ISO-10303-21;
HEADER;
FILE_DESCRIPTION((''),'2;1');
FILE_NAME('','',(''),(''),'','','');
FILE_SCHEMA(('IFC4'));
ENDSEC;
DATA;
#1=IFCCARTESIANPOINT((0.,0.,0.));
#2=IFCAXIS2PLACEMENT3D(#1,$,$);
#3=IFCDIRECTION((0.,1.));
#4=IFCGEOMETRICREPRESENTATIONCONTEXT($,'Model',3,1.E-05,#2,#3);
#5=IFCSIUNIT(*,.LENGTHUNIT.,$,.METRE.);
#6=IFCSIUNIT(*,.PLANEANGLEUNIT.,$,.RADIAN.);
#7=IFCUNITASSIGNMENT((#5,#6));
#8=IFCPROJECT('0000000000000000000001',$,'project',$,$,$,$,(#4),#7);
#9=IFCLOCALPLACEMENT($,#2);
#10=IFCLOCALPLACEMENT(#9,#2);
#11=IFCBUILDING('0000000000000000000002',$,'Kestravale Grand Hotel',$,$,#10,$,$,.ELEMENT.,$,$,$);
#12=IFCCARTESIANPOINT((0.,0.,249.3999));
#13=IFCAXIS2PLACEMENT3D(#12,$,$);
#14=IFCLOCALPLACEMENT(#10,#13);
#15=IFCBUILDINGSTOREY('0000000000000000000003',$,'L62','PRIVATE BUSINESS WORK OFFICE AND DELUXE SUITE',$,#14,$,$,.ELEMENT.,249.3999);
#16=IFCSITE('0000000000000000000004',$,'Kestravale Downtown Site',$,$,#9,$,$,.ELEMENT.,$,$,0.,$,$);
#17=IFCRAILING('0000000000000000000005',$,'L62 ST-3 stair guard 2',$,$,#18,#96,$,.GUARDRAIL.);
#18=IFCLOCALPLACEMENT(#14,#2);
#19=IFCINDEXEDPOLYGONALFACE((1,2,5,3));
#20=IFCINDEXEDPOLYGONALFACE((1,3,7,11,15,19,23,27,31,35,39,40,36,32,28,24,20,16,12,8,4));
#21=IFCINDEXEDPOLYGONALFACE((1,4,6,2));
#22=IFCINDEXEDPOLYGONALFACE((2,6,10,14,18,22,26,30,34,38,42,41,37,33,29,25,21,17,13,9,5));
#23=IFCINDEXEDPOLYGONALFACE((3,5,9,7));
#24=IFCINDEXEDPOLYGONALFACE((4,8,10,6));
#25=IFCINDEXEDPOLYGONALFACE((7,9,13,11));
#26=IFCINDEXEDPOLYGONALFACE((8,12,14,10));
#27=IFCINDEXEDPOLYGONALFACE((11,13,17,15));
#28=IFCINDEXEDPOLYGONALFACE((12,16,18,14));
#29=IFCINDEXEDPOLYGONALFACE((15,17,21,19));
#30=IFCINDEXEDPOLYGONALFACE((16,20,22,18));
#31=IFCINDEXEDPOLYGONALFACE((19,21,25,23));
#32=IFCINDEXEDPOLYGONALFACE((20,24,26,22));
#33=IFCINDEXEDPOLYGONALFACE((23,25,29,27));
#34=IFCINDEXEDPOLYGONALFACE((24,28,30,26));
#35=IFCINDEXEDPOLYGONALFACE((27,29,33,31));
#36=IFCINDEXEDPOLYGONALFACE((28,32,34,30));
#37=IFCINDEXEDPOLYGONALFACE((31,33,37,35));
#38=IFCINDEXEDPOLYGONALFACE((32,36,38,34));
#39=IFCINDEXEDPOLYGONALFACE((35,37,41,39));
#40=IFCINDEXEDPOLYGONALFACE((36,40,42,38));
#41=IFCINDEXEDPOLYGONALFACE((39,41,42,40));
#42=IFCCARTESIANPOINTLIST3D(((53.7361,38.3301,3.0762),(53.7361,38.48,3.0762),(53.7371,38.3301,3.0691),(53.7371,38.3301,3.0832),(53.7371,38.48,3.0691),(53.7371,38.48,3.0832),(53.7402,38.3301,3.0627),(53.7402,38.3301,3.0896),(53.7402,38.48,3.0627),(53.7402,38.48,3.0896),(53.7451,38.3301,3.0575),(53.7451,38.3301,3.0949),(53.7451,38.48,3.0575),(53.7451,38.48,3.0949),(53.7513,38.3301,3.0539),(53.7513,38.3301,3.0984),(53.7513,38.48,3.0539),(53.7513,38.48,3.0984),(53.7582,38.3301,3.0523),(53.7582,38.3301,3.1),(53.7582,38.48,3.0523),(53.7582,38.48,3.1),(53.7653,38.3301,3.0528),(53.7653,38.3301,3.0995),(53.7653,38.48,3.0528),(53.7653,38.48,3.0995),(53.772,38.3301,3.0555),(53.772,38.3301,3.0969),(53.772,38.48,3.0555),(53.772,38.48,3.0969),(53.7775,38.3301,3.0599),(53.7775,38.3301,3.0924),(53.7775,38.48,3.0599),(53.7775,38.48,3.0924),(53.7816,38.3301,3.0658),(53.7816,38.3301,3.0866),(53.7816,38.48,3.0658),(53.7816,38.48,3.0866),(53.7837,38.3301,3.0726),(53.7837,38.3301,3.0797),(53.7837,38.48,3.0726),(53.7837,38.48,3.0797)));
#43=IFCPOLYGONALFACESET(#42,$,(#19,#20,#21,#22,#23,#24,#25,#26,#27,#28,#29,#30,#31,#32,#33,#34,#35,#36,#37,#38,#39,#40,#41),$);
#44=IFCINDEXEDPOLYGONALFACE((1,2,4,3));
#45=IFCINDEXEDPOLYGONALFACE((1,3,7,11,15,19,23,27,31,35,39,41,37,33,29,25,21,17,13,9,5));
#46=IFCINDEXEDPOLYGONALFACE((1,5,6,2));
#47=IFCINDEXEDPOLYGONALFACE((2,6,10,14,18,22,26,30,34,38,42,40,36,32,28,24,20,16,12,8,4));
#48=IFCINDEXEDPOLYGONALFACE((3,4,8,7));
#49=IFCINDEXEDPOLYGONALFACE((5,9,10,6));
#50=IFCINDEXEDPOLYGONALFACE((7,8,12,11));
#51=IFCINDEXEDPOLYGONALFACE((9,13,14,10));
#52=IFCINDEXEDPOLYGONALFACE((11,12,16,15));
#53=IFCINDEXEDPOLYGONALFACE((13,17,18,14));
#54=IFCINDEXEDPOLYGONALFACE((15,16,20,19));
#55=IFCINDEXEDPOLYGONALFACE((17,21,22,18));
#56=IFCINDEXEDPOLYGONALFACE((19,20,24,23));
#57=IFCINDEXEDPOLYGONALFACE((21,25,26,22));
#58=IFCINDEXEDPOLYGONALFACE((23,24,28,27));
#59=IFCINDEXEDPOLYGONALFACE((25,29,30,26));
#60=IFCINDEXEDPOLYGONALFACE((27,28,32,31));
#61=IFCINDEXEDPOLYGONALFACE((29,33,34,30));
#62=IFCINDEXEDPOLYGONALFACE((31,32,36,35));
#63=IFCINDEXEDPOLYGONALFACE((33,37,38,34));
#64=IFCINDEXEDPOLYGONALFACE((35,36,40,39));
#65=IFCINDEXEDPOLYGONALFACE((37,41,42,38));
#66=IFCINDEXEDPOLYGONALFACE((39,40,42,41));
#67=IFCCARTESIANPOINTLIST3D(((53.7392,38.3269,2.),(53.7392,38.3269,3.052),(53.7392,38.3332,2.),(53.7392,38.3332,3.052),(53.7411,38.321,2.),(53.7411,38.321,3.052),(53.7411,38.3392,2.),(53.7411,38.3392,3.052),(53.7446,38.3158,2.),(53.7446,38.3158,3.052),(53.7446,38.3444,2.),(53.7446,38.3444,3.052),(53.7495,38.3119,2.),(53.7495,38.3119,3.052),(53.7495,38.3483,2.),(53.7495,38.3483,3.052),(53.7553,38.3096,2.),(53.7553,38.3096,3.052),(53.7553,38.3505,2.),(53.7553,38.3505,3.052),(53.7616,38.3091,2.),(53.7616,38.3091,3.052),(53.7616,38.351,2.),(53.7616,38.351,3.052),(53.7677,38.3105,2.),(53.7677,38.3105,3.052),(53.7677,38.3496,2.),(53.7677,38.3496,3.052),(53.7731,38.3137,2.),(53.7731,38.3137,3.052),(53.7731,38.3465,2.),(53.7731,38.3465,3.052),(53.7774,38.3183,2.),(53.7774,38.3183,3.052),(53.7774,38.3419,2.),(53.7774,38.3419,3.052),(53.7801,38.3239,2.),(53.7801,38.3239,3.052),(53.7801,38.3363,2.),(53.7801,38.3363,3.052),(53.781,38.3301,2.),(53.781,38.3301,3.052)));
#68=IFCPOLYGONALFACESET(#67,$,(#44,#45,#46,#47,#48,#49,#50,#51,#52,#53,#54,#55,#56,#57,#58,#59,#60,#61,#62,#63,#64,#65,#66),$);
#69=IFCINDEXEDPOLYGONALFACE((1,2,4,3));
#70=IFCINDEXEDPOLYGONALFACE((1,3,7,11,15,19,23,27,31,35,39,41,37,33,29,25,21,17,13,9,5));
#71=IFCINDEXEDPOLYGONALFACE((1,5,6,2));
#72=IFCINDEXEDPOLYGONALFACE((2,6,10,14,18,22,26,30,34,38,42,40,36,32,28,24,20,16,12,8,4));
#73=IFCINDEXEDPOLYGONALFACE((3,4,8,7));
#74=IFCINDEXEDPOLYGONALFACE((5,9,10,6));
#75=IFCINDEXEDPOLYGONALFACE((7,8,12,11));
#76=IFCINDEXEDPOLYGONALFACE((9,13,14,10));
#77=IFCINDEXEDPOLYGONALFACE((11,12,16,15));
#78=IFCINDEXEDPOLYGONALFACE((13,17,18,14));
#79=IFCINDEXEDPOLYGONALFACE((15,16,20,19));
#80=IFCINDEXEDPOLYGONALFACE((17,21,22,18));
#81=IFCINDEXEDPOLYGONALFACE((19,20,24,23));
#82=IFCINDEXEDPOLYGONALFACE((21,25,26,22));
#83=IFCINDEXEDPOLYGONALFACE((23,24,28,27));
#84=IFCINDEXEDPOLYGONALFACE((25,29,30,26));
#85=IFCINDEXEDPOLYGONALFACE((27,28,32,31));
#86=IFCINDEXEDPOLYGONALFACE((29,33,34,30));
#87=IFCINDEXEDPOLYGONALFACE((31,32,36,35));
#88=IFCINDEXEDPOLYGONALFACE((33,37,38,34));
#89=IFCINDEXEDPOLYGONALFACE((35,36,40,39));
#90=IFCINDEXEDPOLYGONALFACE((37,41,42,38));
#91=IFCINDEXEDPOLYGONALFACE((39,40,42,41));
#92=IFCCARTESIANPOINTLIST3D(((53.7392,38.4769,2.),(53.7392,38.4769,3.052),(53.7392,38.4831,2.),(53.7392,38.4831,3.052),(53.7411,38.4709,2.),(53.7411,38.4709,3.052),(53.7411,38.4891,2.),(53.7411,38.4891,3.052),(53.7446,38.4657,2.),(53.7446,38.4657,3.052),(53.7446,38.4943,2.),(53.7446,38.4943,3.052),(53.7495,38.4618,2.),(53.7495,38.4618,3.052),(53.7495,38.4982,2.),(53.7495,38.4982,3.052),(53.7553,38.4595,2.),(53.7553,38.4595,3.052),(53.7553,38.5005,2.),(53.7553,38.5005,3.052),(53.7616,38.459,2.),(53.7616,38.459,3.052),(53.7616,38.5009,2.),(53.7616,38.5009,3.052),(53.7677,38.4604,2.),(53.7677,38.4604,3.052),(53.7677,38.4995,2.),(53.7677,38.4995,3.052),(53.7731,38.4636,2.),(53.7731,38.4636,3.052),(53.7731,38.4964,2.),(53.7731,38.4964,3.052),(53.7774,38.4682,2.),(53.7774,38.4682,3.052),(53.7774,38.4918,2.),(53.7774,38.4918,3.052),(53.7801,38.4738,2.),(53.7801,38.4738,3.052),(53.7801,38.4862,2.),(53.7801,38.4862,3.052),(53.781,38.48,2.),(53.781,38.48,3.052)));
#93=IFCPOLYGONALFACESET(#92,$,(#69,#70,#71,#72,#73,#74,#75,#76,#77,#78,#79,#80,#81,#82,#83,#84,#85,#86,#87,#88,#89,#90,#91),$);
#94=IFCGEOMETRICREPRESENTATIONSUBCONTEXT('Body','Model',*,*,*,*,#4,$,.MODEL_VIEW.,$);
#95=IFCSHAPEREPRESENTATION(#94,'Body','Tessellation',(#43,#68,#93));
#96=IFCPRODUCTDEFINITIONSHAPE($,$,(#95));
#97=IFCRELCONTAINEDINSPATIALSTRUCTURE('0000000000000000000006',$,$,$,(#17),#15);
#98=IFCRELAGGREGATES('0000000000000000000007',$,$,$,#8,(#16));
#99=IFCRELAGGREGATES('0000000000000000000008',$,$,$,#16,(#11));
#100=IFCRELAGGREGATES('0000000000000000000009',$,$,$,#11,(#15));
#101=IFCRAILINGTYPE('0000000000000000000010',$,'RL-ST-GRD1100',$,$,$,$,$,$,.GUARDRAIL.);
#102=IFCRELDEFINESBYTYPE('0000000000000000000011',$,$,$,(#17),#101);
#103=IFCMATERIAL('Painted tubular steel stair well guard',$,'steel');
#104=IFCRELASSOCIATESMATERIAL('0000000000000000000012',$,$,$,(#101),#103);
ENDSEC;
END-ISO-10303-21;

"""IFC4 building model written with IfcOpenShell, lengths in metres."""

from ifc_helpers import new_model, si_unit, direction, frame, origin, origin_2d, place, context, subcontext, project, spatial, circle, extrude, material, type_object, element, save


model = new_model("IFC4")

# Units and contexts
model_context = context("Model", 3, precision=1e-05, world=origin(), true_north=direction((0.0, 1.0)))
body_context = subcontext(model_context, "Body", "Model", "MODEL_VIEW")
ifc_project = project(units=[si_unit("LENGTHUNIT", "METRE"), si_unit("PLANEANGLEUNIT", "RADIAN")], contexts=[model_context])

# Site, building, storey
site_placement = place(None, origin())
site = spatial("IfcSite", under=ifc_project, at=site_placement, Name="Kestravale Downtown Site", CompositionType="ELEMENT", RefElevation=0.0)
building_placement = place(site_placement, origin())
building = spatial("IfcBuilding", under=site, at=building_placement, Name="Kestravale Grand Hotel", CompositionType="ELEMENT")
storey_placement = place(building_placement, frame((0.0, 0.0, 249.3999)))
storey = spatial("IfcBuildingStorey", under=building, at=storey_placement, Name="L62", Description="PRIVATE BUSINESS WORK OFFICE AND DELUXE SUITE", CompositionType="ELEMENT", Elevation=249.3999)

# Railing
ifc_material_1 = material(Name="Painted tubular steel stair well guard", Category="steel")
railing_type_1 = type_object("IfcRailingType", Name="RL-ST-GRD1100", PredefinedType="GUARDRAIL", material=ifc_material_1)
railing_1_placement = place(storey_placement, frame((53.76, 38.3301, 2.0)))
element("IfcRailing", 1, at=railing_1_placement, inside=storey, type_object=railing_type_1, Name="L62 ST-3 stair guard 2", PredefinedType="GUARDRAIL", context=body_context, shape_type="SweptSolid", body=[
    extrude(circle(Radius=0.0239, at=origin_2d()), frame((0.0, 0.0, 1.0762), z_axis=(0.0, 1.0, 0.0), x_axis=(-1.0, 0.0, 0.0)), (0.0, 0.0, 1.0), 0.1499),
    extrude(circle(Radius=0.021, at=origin_2d()), origin(), (0.0, 0.0, 1.0), 1.052),
    extrude(circle(Radius=0.021, at=origin_2d()), frame((0.0, 0.1499, 0.0)), (0.0, 0.0, 1.0), 1.052),
])

save(model, "model.ifc")
